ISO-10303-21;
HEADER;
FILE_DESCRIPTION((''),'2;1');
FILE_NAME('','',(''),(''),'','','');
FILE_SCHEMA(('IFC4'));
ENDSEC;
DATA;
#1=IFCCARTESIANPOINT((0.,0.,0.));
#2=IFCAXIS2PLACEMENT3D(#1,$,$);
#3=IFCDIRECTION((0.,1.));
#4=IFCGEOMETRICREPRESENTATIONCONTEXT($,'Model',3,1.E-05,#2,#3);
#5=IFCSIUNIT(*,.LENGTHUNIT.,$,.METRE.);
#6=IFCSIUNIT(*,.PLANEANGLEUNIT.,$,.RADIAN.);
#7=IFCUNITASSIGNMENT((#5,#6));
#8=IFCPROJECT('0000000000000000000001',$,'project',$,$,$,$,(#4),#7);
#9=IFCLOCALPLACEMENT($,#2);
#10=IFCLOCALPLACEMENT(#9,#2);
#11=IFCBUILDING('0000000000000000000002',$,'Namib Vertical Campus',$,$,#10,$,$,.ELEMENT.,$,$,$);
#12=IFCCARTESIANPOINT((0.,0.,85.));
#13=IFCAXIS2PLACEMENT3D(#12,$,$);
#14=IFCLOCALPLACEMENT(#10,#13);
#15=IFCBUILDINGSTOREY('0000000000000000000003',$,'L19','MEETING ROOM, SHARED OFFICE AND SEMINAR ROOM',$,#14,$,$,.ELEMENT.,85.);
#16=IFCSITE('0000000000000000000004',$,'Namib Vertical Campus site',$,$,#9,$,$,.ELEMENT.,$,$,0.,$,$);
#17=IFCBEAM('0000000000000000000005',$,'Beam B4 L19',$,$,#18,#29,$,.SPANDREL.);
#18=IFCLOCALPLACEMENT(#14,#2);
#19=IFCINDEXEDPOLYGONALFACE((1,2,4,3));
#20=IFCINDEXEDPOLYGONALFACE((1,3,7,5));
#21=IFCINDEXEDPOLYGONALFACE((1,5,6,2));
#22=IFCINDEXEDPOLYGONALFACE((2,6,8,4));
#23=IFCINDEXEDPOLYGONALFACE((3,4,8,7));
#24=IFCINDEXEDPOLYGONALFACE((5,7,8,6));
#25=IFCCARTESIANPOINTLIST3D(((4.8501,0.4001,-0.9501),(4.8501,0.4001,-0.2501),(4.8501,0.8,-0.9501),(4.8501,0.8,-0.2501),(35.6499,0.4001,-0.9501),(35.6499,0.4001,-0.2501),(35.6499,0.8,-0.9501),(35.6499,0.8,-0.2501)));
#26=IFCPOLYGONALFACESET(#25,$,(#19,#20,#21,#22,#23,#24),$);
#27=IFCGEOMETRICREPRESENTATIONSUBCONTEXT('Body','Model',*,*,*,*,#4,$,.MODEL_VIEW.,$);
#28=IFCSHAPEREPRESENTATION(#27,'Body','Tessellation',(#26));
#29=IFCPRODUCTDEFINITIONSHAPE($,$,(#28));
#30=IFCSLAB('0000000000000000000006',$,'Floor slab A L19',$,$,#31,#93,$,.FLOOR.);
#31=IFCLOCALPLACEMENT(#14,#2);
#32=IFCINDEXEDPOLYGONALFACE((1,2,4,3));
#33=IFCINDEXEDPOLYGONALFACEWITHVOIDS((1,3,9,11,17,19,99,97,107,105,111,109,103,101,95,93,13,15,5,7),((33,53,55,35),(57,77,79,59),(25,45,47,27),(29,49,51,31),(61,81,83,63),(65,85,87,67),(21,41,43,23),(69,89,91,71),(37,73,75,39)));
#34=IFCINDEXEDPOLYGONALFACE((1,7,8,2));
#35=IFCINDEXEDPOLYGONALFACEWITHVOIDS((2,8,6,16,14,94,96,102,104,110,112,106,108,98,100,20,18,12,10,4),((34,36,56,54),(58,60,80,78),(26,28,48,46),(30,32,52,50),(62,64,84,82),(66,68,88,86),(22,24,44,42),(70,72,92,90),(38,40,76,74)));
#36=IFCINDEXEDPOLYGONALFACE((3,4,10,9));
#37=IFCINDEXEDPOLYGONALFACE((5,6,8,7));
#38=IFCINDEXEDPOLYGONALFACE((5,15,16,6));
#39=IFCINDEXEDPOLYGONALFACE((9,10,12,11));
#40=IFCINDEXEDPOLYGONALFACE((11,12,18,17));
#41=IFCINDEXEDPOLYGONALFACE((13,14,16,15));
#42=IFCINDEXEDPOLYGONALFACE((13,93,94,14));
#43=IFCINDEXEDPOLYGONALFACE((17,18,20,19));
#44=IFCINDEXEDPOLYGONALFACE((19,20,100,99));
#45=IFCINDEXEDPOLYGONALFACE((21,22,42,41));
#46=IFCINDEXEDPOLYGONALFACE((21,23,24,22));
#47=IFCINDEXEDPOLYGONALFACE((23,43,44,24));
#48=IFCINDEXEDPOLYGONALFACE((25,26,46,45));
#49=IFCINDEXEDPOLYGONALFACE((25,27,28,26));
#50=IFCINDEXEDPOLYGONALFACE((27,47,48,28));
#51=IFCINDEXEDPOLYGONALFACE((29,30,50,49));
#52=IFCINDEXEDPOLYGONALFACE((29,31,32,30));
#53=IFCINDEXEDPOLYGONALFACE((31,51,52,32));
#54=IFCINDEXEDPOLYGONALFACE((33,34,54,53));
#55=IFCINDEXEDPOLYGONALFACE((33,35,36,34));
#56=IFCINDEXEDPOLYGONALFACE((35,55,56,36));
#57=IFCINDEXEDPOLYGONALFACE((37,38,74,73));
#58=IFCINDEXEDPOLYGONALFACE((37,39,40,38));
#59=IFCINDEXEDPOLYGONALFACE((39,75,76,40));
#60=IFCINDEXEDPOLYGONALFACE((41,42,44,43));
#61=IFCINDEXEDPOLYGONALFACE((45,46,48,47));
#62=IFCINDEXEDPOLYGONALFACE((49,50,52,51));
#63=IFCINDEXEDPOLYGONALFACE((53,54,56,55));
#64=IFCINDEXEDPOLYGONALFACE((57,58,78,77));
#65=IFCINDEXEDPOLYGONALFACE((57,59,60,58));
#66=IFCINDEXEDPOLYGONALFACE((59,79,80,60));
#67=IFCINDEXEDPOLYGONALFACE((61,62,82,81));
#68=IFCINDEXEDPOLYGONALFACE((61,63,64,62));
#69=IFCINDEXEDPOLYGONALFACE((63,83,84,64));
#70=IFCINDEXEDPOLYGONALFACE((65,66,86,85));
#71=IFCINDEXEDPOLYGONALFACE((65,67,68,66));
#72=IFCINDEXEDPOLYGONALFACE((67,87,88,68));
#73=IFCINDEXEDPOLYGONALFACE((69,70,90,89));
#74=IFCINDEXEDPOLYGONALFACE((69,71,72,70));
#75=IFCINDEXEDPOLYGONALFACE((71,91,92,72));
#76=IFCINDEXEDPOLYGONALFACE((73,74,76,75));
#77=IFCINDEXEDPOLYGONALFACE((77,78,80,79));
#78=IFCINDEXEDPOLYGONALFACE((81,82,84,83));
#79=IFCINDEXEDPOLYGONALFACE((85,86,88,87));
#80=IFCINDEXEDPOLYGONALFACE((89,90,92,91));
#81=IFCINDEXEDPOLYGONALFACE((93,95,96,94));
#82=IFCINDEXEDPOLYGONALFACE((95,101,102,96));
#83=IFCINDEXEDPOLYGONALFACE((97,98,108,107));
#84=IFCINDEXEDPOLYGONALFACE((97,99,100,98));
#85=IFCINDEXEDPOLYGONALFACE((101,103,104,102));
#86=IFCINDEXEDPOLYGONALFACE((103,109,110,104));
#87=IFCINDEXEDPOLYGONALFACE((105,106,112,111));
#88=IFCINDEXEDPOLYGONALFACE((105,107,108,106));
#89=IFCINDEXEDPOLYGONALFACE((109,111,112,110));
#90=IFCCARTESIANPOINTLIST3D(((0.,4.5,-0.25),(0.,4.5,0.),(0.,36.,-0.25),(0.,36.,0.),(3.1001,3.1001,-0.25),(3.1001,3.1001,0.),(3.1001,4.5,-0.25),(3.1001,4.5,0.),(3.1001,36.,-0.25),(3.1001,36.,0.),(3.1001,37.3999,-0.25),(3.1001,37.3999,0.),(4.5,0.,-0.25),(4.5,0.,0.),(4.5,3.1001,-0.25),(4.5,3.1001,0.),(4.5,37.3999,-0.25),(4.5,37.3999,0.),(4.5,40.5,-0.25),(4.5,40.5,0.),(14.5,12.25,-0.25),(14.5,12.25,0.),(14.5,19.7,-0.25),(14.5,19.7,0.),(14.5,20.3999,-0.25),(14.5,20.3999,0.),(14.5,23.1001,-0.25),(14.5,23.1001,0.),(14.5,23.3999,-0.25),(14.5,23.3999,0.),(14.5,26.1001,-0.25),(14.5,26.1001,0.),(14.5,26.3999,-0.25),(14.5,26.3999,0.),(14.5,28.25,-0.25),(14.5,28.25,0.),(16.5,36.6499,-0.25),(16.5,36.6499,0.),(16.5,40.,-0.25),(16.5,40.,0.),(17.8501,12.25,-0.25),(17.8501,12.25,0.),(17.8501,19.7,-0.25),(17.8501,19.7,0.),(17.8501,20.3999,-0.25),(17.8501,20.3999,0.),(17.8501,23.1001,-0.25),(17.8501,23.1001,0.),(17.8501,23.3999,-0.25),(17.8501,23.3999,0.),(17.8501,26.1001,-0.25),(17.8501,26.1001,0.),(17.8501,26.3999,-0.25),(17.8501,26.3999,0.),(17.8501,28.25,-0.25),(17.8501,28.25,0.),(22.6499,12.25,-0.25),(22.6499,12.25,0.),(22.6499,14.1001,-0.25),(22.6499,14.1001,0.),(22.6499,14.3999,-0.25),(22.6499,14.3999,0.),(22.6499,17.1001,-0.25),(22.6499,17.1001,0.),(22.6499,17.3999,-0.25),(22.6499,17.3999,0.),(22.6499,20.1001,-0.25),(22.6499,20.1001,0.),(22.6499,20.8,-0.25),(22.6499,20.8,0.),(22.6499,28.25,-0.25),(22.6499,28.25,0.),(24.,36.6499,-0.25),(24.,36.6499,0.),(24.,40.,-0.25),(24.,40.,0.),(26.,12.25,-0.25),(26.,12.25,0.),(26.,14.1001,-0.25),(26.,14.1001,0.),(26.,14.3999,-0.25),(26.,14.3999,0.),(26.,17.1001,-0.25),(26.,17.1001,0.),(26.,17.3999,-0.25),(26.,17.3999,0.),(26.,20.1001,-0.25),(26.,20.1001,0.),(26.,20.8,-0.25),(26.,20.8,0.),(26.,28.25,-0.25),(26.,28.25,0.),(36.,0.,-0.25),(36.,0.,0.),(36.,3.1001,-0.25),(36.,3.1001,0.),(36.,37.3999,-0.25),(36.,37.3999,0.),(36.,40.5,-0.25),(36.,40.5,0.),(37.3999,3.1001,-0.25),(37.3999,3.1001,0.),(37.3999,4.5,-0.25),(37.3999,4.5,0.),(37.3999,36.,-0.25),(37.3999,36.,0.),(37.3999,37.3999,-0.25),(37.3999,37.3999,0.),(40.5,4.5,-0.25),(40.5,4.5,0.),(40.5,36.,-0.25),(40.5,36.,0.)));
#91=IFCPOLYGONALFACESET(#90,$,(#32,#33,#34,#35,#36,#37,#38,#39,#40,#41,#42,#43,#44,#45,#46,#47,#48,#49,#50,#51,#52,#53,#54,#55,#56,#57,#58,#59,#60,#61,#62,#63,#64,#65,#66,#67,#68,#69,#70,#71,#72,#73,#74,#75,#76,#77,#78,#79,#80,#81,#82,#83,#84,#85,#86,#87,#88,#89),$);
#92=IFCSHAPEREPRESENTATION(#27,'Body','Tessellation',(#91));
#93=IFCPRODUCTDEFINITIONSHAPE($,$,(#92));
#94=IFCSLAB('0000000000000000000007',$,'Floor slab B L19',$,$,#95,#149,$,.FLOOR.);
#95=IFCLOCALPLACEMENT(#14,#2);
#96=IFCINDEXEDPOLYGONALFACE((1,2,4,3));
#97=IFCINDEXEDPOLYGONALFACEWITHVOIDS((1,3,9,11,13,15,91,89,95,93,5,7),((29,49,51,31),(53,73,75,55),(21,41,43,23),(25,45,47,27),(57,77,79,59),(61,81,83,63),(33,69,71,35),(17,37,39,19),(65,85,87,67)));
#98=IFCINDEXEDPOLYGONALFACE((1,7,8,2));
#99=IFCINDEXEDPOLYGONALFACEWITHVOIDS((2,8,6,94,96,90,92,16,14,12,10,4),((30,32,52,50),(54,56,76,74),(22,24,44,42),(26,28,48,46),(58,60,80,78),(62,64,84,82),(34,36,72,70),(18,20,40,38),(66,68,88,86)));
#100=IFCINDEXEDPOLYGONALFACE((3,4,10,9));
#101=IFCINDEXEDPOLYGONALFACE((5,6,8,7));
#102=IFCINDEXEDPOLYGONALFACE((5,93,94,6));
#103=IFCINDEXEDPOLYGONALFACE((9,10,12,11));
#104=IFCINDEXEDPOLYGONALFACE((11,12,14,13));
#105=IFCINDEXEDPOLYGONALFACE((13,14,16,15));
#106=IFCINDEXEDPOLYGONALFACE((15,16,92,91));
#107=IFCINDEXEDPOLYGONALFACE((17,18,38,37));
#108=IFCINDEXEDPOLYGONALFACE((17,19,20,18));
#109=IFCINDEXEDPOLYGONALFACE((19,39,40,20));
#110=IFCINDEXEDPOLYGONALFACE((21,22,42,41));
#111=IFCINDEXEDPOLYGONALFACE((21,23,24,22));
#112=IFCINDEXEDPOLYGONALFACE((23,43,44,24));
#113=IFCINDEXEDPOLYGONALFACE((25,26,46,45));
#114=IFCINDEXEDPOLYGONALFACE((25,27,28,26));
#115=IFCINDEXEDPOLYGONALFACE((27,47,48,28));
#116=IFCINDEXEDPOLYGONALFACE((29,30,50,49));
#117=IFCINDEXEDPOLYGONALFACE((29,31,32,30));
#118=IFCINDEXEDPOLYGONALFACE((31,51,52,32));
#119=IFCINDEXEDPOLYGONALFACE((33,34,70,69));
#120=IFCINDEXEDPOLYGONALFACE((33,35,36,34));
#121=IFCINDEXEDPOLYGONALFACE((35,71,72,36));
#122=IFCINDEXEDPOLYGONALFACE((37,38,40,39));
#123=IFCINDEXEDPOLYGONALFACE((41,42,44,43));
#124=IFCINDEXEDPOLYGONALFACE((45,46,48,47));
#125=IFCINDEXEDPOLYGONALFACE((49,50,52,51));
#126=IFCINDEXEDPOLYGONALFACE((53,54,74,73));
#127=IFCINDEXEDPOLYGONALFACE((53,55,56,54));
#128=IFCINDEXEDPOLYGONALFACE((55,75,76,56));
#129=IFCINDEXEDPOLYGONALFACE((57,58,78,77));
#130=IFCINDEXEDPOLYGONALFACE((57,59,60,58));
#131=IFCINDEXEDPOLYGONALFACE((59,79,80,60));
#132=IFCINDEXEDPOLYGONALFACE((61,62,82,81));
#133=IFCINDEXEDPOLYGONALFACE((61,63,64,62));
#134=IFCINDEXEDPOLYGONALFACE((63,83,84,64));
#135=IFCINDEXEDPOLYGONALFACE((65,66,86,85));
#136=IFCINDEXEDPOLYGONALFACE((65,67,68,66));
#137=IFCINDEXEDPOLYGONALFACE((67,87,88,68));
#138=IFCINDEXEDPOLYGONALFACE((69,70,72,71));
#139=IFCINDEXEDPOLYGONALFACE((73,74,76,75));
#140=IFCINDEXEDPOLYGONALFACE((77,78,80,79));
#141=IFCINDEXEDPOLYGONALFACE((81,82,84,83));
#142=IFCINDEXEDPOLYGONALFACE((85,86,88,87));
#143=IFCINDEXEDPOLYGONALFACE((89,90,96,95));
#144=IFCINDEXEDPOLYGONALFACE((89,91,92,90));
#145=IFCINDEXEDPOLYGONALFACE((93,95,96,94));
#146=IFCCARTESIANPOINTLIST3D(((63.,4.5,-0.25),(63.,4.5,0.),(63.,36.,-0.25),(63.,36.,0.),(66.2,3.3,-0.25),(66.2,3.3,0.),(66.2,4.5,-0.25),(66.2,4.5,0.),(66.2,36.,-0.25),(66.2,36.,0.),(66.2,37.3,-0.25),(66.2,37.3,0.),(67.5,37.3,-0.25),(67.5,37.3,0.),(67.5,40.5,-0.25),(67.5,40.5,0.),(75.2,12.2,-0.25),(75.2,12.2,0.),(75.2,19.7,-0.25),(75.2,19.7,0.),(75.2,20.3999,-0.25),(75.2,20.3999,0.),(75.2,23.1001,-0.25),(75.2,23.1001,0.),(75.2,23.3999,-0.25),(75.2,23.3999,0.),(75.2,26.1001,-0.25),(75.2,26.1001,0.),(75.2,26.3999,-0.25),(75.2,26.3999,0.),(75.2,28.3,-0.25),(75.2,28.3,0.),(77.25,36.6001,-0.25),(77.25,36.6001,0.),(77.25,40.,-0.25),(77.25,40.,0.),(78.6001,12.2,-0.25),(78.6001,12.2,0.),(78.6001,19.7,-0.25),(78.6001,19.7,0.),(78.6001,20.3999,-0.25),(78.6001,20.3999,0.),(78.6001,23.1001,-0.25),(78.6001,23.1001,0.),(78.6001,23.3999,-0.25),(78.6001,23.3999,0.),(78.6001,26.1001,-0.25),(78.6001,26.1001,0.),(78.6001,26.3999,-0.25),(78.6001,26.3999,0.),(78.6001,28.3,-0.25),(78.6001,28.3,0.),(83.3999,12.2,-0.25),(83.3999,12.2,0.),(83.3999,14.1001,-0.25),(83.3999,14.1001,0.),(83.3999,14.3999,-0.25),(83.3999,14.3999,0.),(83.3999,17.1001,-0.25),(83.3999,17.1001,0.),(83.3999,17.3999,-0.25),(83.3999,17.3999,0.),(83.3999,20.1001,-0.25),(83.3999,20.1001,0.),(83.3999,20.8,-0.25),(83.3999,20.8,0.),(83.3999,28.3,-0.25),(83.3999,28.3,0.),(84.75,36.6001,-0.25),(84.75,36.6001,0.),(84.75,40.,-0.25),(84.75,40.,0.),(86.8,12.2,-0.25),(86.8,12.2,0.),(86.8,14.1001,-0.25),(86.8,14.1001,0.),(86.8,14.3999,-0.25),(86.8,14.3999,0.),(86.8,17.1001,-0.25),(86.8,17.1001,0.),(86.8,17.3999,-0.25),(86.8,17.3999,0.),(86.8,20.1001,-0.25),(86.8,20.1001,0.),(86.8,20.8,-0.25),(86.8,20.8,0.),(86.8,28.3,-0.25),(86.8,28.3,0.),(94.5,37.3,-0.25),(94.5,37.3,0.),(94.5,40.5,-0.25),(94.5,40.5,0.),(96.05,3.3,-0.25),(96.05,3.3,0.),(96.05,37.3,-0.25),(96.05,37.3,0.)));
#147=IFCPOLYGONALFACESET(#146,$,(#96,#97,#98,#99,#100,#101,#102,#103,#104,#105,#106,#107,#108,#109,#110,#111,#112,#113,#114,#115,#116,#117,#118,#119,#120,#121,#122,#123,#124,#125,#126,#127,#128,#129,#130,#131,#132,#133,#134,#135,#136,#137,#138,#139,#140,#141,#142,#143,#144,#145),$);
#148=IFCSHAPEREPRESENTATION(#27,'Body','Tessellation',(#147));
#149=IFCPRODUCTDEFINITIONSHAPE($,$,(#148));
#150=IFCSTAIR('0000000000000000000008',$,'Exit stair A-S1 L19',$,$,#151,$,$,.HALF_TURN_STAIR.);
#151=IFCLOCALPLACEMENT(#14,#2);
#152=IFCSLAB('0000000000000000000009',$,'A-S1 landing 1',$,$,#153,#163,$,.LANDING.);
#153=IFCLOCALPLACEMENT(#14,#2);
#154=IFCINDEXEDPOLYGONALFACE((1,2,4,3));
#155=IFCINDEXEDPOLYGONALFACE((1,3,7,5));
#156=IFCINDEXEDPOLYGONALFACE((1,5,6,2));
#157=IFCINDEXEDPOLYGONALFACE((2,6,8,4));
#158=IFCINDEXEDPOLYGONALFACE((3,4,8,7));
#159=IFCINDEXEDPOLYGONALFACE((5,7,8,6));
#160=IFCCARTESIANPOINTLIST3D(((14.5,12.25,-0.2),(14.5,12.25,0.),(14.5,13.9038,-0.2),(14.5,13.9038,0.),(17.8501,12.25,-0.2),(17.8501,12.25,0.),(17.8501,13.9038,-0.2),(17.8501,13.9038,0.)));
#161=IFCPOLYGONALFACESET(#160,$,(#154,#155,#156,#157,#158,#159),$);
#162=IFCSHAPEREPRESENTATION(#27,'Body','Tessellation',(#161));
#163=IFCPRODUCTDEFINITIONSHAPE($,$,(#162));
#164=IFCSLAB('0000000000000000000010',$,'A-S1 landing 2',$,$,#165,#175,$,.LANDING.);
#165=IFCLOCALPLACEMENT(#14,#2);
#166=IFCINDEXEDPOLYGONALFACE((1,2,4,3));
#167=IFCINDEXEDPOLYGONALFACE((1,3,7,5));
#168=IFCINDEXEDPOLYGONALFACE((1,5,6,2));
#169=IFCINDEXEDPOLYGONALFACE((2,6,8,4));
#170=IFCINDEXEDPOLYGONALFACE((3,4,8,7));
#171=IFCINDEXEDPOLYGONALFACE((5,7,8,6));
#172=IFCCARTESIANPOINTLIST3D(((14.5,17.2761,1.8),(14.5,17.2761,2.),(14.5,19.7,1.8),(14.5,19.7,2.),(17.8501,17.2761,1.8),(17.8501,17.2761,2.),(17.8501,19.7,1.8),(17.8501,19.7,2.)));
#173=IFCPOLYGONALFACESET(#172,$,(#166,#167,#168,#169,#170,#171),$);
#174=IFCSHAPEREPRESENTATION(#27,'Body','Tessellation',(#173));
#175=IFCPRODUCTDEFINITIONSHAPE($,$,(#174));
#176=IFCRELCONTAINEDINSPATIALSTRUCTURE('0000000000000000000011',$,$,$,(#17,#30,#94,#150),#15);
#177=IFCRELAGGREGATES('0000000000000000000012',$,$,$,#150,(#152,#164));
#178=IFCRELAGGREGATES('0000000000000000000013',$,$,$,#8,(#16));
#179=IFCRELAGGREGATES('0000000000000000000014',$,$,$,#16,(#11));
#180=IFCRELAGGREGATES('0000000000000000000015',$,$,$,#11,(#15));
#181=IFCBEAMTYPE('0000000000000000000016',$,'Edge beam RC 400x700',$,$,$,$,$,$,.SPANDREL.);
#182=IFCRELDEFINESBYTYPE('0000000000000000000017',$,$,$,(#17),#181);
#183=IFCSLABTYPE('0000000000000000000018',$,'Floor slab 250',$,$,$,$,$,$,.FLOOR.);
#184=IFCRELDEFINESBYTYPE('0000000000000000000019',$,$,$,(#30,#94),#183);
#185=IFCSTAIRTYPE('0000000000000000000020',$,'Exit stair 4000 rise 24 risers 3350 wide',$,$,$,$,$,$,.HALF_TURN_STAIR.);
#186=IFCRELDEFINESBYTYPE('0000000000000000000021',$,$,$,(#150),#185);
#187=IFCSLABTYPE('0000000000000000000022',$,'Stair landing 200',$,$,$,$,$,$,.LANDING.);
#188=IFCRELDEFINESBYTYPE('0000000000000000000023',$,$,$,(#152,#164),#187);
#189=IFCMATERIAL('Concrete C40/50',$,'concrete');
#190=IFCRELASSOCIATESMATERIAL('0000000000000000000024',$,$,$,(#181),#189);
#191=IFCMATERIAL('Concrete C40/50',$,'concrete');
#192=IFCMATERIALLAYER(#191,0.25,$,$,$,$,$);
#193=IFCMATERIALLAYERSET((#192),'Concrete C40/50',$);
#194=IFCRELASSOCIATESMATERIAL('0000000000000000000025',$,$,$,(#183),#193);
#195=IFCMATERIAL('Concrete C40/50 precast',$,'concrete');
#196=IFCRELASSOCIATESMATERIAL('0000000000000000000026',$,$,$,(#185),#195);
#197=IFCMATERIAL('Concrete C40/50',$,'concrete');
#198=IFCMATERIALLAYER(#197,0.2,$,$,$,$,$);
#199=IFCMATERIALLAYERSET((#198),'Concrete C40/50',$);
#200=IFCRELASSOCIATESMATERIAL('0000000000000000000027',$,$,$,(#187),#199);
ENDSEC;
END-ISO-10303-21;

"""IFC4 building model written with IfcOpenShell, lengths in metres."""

from ifc_helpers import new_model, si_unit, direction, frame, origin, origin_2d, place, context, subcontext, project, spatial, polyline, rectangle, outline, extrude, material, layer, layer_set, material_profile, profile_set, type_object, element, aggregate, save


model = new_model("IFC4")

# Units and contexts
model_context = context("Model", 3, precision=1e-05, world=origin(), true_north=direction((0.0, 1.0)))
body_context = subcontext(model_context, "Body", "Model", "MODEL_VIEW")
ifc_project = project(units=[si_unit("LENGTHUNIT", "METRE"), si_unit("PLANEANGLEUNIT", "RADIAN")], contexts=[model_context])

# Site, building, storey
site_placement = place(None, origin())
site = spatial("IfcSite", under=ifc_project, at=site_placement, Name="Namib Vertical Campus site", CompositionType="ELEMENT", RefElevation=0.0)
building_placement = place(site_placement, origin())
building = spatial("IfcBuilding", under=site, at=building_placement, Name="Namib Vertical Campus", CompositionType="ELEMENT")
storey_placement = place(building_placement, frame((0.0, 0.0, 85.0)))
storey = spatial("IfcBuildingStorey", under=building, at=storey_placement, Name="L19", Description="MEETING ROOM, SHARED OFFICE AND SEMINAR ROOM", CompositionType="ELEMENT", Elevation=85.0)

# Beam
ifc_material_1 = material(Name="Concrete C40/50", Category="concrete")
ifc_material_profile = material_profile(ifc_material_1, rectangle(XDim=0.3999, YDim=0.7, at=origin_2d()))
ifc_profile_set = profile_set([ifc_material_profile], Name="Concrete C40/50")
beam_type = type_object("IfcBeamType", Name="Edge beam RC 400x700", PredefinedType="SPANDREL", material=ifc_profile_set)
beam_placement = place(storey_placement, frame((4.8501, 0.6001, -0.6001), z_axis=(1.0, 0.0, 0.0), x_axis=(0.0, 1.0, 0.0)))
element("IfcBeam", 1, at=beam_placement, inside=storey, type_object=beam_type, Name="Beam B4 L19", PredefinedType="SPANDREL", context=body_context, shape_type="SweptSolid", body=[
    extrude(rectangle(XDim=0.3999, YDim=0.7, at=origin_2d()), origin(), (0.0, 0.0, 1.0), 30.7998),
])

# Slabs
ifc_material_2 = material(Name="Concrete C40/50", Category="concrete")
ifc_layer_1 = layer(ifc_material_2, 0.25)
ifc_layer_set_1 = layer_set([ifc_layer_1], Name="Concrete C40/50")
slab_type_1 = type_object("IfcSlabType", Name="Floor slab 250", PredefinedType="FLOOR", material=ifc_layer_set_1)
slab_1_placement = place(storey_placement, frame((0.0, 0.0, -0.25)))
element("IfcSlab", 2, at=slab_1_placement, inside=storey, type_object=slab_type_1, Name="Floor slab A L19", PredefinedType="FLOOR", context=body_context, shape_type="SweptSolid", body=[
    extrude(outline(polyline([(4.5, 0.0), (36.0, 0.0), (36.0, 3.1001), (37.3999, 3.1001), (37.3999, 4.5), (40.5, 4.5), (40.5, 36.0), (37.3999, 36.0), (37.3999, 37.3999), (36.0, 37.3999), (36.0, 40.5), (4.5, 40.5), (4.5, 37.3999), (3.1001, 37.3999), (3.1001, 36.0), (0.0, 36.0), (0.0, 4.5), (3.1001, 4.5), (3.1001, 3.1001), (4.5, 3.1001), (4.5, 0.0)]), holes=[polyline([(14.5, 12.25), (17.8501, 12.25), (17.8501, 19.7), (14.5, 19.7), (14.5, 12.25)]), polyline([(22.6499, 20.8), (26.0, 20.8), (26.0, 28.25), (22.6499, 28.25), (22.6499, 20.8)]), polyline([(22.6499, 12.25), (26.0, 12.25), (26.0, 14.1001), (22.6499, 14.1001), (22.6499, 12.25)]), polyline([(14.5, 20.3999), (17.8501, 20.3999), (17.8501, 23.1001), (14.5, 23.1001), (14.5, 20.3999)]), polyline([(14.5, 23.3999), (17.8501, 23.3999), (17.8501, 26.1001), (14.5, 26.1001), (14.5, 23.3999)]), polyline([(14.5, 26.3999), (17.8501, 26.3999), (17.8501, 28.25), (14.5, 28.25), (14.5, 26.3999)]), polyline([(22.6499, 14.3999), (26.0, 14.3999), (26.0, 17.1001), (22.6499, 17.1001), (22.6499, 14.3999)]), polyline([(22.6499, 17.3999), (26.0, 17.3999), (26.0, 20.1001), (22.6499, 20.1001), (22.6499, 17.3999)]), polyline([(16.5, 36.6499), (24.0, 36.6499), (24.0, 40.0), (16.5, 40.0), (16.5, 36.6499)])]), origin(), (0.0, 0.0, 1.0), 0.25),
])
slab_2_placement = place(storey_placement, frame((0.0, 0.0, -0.25)))
element("IfcSlab", 3, at=slab_2_placement, inside=storey, type_object=slab_type_1, Name="Floor slab B L19", PredefinedType="FLOOR", context=body_context, shape_type="SweptSolid", body=[
    extrude(outline(polyline([(63.0, 4.5), (66.2, 4.5), (66.2, 3.3), (96.05, 3.3), (96.05, 37.3), (94.5, 37.3), (94.5, 40.5), (67.5, 40.5), (67.5, 37.3), (66.2, 37.3), (66.2, 36.0), (63.0, 36.0), (63.0, 4.5)]), holes=[polyline([(75.2, 12.2), (78.6001, 12.2), (78.6001, 19.7), (75.2, 19.7), (75.2, 12.2)]), polyline([(83.3999, 20.8), (86.8, 20.8), (86.8, 28.3), (83.3999, 28.3), (83.3999, 20.8)]), polyline([(83.3999, 12.2), (86.8, 12.2), (86.8, 14.1001), (83.3999, 14.1001), (83.3999, 12.2)]), polyline([(75.2, 20.3999), (78.6001, 20.3999), (78.6001, 23.1001), (75.2, 23.1001), (75.2, 20.3999)]), polyline([(75.2, 23.3999), (78.6001, 23.3999), (78.6001, 26.1001), (75.2, 26.1001), (75.2, 23.3999)]), polyline([(75.2, 26.3999), (78.6001, 26.3999), (78.6001, 28.3), (75.2, 28.3), (75.2, 26.3999)]), polyline([(83.3999, 14.3999), (86.8, 14.3999), (86.8, 17.1001), (83.3999, 17.1001), (83.3999, 14.3999)]), polyline([(83.3999, 17.3999), (86.8, 17.3999), (86.8, 20.1001), (83.3999, 20.1001), (83.3999, 17.3999)]), polyline([(77.25, 36.6001), (84.75, 36.6001), (84.75, 40.0), (77.25, 40.0), (77.25, 36.6001)])]), origin(), (0.0, 0.0, 1.0), 0.25),
])

# Stair, slabs
ifc_material_3 = material(Name="Concrete C40/50 precast", Category="concrete")
stair_type_1 = type_object("IfcStairType", Name="Exit stair 4000 rise 24 risers 3350 wide", PredefinedType="HALF_TURN_STAIR", material=ifc_material_3)
stair_1_placement = place(storey_placement, origin())
stair_1 = element("IfcStair", 4, at=stair_1_placement, inside=storey, type_object=stair_type_1, Name="Exit stair A-S1 L19", PredefinedType="HALF_TURN_STAIR")
ifc_material_4 = material(Name="Concrete C40/50", Category="concrete")
ifc_layer_2 = layer(ifc_material_4, 0.2)
ifc_layer_set_2 = layer_set([ifc_layer_2], Name="Concrete C40/50")
slab_type_2 = type_object("IfcSlabType", Name="Stair landing 200", PredefinedType="LANDING", material=ifc_layer_set_2)
slab_3_placement = place(storey_placement, frame((0.0, 0.0, -0.2)))
slab_3 = element("IfcSlab", 5, at=slab_3_placement, type_object=slab_type_2, Name="A-S1 landing 1", PredefinedType="LANDING", context=body_context, shape_type="SweptSolid", body=[
    extrude(outline(polyline([(14.5, 12.25), (17.8501, 12.25), (17.8501, 13.9038), (14.5, 13.9038), (14.5, 12.25)])), origin(), (0.0, 0.0, 1.0), 0.2),
])
slab_4_placement = place(storey_placement, frame((0.0, 0.0, 1.8)))
slab_4 = element("IfcSlab", 6, at=slab_4_placement, type_object=slab_type_2, Name="A-S1 landing 2", PredefinedType="LANDING", context=body_context, shape_type="SweptSolid", body=[
    extrude(outline(polyline([(14.5, 17.2761), (17.8501, 17.2761), (17.8501, 19.7), (14.5, 19.7), (14.5, 17.2761)])), origin(), (0.0, 0.0, 1.0), 0.2),
])
aggregate(stair_1, [slab_3, slab_4])

save(model, "model.ifc")
